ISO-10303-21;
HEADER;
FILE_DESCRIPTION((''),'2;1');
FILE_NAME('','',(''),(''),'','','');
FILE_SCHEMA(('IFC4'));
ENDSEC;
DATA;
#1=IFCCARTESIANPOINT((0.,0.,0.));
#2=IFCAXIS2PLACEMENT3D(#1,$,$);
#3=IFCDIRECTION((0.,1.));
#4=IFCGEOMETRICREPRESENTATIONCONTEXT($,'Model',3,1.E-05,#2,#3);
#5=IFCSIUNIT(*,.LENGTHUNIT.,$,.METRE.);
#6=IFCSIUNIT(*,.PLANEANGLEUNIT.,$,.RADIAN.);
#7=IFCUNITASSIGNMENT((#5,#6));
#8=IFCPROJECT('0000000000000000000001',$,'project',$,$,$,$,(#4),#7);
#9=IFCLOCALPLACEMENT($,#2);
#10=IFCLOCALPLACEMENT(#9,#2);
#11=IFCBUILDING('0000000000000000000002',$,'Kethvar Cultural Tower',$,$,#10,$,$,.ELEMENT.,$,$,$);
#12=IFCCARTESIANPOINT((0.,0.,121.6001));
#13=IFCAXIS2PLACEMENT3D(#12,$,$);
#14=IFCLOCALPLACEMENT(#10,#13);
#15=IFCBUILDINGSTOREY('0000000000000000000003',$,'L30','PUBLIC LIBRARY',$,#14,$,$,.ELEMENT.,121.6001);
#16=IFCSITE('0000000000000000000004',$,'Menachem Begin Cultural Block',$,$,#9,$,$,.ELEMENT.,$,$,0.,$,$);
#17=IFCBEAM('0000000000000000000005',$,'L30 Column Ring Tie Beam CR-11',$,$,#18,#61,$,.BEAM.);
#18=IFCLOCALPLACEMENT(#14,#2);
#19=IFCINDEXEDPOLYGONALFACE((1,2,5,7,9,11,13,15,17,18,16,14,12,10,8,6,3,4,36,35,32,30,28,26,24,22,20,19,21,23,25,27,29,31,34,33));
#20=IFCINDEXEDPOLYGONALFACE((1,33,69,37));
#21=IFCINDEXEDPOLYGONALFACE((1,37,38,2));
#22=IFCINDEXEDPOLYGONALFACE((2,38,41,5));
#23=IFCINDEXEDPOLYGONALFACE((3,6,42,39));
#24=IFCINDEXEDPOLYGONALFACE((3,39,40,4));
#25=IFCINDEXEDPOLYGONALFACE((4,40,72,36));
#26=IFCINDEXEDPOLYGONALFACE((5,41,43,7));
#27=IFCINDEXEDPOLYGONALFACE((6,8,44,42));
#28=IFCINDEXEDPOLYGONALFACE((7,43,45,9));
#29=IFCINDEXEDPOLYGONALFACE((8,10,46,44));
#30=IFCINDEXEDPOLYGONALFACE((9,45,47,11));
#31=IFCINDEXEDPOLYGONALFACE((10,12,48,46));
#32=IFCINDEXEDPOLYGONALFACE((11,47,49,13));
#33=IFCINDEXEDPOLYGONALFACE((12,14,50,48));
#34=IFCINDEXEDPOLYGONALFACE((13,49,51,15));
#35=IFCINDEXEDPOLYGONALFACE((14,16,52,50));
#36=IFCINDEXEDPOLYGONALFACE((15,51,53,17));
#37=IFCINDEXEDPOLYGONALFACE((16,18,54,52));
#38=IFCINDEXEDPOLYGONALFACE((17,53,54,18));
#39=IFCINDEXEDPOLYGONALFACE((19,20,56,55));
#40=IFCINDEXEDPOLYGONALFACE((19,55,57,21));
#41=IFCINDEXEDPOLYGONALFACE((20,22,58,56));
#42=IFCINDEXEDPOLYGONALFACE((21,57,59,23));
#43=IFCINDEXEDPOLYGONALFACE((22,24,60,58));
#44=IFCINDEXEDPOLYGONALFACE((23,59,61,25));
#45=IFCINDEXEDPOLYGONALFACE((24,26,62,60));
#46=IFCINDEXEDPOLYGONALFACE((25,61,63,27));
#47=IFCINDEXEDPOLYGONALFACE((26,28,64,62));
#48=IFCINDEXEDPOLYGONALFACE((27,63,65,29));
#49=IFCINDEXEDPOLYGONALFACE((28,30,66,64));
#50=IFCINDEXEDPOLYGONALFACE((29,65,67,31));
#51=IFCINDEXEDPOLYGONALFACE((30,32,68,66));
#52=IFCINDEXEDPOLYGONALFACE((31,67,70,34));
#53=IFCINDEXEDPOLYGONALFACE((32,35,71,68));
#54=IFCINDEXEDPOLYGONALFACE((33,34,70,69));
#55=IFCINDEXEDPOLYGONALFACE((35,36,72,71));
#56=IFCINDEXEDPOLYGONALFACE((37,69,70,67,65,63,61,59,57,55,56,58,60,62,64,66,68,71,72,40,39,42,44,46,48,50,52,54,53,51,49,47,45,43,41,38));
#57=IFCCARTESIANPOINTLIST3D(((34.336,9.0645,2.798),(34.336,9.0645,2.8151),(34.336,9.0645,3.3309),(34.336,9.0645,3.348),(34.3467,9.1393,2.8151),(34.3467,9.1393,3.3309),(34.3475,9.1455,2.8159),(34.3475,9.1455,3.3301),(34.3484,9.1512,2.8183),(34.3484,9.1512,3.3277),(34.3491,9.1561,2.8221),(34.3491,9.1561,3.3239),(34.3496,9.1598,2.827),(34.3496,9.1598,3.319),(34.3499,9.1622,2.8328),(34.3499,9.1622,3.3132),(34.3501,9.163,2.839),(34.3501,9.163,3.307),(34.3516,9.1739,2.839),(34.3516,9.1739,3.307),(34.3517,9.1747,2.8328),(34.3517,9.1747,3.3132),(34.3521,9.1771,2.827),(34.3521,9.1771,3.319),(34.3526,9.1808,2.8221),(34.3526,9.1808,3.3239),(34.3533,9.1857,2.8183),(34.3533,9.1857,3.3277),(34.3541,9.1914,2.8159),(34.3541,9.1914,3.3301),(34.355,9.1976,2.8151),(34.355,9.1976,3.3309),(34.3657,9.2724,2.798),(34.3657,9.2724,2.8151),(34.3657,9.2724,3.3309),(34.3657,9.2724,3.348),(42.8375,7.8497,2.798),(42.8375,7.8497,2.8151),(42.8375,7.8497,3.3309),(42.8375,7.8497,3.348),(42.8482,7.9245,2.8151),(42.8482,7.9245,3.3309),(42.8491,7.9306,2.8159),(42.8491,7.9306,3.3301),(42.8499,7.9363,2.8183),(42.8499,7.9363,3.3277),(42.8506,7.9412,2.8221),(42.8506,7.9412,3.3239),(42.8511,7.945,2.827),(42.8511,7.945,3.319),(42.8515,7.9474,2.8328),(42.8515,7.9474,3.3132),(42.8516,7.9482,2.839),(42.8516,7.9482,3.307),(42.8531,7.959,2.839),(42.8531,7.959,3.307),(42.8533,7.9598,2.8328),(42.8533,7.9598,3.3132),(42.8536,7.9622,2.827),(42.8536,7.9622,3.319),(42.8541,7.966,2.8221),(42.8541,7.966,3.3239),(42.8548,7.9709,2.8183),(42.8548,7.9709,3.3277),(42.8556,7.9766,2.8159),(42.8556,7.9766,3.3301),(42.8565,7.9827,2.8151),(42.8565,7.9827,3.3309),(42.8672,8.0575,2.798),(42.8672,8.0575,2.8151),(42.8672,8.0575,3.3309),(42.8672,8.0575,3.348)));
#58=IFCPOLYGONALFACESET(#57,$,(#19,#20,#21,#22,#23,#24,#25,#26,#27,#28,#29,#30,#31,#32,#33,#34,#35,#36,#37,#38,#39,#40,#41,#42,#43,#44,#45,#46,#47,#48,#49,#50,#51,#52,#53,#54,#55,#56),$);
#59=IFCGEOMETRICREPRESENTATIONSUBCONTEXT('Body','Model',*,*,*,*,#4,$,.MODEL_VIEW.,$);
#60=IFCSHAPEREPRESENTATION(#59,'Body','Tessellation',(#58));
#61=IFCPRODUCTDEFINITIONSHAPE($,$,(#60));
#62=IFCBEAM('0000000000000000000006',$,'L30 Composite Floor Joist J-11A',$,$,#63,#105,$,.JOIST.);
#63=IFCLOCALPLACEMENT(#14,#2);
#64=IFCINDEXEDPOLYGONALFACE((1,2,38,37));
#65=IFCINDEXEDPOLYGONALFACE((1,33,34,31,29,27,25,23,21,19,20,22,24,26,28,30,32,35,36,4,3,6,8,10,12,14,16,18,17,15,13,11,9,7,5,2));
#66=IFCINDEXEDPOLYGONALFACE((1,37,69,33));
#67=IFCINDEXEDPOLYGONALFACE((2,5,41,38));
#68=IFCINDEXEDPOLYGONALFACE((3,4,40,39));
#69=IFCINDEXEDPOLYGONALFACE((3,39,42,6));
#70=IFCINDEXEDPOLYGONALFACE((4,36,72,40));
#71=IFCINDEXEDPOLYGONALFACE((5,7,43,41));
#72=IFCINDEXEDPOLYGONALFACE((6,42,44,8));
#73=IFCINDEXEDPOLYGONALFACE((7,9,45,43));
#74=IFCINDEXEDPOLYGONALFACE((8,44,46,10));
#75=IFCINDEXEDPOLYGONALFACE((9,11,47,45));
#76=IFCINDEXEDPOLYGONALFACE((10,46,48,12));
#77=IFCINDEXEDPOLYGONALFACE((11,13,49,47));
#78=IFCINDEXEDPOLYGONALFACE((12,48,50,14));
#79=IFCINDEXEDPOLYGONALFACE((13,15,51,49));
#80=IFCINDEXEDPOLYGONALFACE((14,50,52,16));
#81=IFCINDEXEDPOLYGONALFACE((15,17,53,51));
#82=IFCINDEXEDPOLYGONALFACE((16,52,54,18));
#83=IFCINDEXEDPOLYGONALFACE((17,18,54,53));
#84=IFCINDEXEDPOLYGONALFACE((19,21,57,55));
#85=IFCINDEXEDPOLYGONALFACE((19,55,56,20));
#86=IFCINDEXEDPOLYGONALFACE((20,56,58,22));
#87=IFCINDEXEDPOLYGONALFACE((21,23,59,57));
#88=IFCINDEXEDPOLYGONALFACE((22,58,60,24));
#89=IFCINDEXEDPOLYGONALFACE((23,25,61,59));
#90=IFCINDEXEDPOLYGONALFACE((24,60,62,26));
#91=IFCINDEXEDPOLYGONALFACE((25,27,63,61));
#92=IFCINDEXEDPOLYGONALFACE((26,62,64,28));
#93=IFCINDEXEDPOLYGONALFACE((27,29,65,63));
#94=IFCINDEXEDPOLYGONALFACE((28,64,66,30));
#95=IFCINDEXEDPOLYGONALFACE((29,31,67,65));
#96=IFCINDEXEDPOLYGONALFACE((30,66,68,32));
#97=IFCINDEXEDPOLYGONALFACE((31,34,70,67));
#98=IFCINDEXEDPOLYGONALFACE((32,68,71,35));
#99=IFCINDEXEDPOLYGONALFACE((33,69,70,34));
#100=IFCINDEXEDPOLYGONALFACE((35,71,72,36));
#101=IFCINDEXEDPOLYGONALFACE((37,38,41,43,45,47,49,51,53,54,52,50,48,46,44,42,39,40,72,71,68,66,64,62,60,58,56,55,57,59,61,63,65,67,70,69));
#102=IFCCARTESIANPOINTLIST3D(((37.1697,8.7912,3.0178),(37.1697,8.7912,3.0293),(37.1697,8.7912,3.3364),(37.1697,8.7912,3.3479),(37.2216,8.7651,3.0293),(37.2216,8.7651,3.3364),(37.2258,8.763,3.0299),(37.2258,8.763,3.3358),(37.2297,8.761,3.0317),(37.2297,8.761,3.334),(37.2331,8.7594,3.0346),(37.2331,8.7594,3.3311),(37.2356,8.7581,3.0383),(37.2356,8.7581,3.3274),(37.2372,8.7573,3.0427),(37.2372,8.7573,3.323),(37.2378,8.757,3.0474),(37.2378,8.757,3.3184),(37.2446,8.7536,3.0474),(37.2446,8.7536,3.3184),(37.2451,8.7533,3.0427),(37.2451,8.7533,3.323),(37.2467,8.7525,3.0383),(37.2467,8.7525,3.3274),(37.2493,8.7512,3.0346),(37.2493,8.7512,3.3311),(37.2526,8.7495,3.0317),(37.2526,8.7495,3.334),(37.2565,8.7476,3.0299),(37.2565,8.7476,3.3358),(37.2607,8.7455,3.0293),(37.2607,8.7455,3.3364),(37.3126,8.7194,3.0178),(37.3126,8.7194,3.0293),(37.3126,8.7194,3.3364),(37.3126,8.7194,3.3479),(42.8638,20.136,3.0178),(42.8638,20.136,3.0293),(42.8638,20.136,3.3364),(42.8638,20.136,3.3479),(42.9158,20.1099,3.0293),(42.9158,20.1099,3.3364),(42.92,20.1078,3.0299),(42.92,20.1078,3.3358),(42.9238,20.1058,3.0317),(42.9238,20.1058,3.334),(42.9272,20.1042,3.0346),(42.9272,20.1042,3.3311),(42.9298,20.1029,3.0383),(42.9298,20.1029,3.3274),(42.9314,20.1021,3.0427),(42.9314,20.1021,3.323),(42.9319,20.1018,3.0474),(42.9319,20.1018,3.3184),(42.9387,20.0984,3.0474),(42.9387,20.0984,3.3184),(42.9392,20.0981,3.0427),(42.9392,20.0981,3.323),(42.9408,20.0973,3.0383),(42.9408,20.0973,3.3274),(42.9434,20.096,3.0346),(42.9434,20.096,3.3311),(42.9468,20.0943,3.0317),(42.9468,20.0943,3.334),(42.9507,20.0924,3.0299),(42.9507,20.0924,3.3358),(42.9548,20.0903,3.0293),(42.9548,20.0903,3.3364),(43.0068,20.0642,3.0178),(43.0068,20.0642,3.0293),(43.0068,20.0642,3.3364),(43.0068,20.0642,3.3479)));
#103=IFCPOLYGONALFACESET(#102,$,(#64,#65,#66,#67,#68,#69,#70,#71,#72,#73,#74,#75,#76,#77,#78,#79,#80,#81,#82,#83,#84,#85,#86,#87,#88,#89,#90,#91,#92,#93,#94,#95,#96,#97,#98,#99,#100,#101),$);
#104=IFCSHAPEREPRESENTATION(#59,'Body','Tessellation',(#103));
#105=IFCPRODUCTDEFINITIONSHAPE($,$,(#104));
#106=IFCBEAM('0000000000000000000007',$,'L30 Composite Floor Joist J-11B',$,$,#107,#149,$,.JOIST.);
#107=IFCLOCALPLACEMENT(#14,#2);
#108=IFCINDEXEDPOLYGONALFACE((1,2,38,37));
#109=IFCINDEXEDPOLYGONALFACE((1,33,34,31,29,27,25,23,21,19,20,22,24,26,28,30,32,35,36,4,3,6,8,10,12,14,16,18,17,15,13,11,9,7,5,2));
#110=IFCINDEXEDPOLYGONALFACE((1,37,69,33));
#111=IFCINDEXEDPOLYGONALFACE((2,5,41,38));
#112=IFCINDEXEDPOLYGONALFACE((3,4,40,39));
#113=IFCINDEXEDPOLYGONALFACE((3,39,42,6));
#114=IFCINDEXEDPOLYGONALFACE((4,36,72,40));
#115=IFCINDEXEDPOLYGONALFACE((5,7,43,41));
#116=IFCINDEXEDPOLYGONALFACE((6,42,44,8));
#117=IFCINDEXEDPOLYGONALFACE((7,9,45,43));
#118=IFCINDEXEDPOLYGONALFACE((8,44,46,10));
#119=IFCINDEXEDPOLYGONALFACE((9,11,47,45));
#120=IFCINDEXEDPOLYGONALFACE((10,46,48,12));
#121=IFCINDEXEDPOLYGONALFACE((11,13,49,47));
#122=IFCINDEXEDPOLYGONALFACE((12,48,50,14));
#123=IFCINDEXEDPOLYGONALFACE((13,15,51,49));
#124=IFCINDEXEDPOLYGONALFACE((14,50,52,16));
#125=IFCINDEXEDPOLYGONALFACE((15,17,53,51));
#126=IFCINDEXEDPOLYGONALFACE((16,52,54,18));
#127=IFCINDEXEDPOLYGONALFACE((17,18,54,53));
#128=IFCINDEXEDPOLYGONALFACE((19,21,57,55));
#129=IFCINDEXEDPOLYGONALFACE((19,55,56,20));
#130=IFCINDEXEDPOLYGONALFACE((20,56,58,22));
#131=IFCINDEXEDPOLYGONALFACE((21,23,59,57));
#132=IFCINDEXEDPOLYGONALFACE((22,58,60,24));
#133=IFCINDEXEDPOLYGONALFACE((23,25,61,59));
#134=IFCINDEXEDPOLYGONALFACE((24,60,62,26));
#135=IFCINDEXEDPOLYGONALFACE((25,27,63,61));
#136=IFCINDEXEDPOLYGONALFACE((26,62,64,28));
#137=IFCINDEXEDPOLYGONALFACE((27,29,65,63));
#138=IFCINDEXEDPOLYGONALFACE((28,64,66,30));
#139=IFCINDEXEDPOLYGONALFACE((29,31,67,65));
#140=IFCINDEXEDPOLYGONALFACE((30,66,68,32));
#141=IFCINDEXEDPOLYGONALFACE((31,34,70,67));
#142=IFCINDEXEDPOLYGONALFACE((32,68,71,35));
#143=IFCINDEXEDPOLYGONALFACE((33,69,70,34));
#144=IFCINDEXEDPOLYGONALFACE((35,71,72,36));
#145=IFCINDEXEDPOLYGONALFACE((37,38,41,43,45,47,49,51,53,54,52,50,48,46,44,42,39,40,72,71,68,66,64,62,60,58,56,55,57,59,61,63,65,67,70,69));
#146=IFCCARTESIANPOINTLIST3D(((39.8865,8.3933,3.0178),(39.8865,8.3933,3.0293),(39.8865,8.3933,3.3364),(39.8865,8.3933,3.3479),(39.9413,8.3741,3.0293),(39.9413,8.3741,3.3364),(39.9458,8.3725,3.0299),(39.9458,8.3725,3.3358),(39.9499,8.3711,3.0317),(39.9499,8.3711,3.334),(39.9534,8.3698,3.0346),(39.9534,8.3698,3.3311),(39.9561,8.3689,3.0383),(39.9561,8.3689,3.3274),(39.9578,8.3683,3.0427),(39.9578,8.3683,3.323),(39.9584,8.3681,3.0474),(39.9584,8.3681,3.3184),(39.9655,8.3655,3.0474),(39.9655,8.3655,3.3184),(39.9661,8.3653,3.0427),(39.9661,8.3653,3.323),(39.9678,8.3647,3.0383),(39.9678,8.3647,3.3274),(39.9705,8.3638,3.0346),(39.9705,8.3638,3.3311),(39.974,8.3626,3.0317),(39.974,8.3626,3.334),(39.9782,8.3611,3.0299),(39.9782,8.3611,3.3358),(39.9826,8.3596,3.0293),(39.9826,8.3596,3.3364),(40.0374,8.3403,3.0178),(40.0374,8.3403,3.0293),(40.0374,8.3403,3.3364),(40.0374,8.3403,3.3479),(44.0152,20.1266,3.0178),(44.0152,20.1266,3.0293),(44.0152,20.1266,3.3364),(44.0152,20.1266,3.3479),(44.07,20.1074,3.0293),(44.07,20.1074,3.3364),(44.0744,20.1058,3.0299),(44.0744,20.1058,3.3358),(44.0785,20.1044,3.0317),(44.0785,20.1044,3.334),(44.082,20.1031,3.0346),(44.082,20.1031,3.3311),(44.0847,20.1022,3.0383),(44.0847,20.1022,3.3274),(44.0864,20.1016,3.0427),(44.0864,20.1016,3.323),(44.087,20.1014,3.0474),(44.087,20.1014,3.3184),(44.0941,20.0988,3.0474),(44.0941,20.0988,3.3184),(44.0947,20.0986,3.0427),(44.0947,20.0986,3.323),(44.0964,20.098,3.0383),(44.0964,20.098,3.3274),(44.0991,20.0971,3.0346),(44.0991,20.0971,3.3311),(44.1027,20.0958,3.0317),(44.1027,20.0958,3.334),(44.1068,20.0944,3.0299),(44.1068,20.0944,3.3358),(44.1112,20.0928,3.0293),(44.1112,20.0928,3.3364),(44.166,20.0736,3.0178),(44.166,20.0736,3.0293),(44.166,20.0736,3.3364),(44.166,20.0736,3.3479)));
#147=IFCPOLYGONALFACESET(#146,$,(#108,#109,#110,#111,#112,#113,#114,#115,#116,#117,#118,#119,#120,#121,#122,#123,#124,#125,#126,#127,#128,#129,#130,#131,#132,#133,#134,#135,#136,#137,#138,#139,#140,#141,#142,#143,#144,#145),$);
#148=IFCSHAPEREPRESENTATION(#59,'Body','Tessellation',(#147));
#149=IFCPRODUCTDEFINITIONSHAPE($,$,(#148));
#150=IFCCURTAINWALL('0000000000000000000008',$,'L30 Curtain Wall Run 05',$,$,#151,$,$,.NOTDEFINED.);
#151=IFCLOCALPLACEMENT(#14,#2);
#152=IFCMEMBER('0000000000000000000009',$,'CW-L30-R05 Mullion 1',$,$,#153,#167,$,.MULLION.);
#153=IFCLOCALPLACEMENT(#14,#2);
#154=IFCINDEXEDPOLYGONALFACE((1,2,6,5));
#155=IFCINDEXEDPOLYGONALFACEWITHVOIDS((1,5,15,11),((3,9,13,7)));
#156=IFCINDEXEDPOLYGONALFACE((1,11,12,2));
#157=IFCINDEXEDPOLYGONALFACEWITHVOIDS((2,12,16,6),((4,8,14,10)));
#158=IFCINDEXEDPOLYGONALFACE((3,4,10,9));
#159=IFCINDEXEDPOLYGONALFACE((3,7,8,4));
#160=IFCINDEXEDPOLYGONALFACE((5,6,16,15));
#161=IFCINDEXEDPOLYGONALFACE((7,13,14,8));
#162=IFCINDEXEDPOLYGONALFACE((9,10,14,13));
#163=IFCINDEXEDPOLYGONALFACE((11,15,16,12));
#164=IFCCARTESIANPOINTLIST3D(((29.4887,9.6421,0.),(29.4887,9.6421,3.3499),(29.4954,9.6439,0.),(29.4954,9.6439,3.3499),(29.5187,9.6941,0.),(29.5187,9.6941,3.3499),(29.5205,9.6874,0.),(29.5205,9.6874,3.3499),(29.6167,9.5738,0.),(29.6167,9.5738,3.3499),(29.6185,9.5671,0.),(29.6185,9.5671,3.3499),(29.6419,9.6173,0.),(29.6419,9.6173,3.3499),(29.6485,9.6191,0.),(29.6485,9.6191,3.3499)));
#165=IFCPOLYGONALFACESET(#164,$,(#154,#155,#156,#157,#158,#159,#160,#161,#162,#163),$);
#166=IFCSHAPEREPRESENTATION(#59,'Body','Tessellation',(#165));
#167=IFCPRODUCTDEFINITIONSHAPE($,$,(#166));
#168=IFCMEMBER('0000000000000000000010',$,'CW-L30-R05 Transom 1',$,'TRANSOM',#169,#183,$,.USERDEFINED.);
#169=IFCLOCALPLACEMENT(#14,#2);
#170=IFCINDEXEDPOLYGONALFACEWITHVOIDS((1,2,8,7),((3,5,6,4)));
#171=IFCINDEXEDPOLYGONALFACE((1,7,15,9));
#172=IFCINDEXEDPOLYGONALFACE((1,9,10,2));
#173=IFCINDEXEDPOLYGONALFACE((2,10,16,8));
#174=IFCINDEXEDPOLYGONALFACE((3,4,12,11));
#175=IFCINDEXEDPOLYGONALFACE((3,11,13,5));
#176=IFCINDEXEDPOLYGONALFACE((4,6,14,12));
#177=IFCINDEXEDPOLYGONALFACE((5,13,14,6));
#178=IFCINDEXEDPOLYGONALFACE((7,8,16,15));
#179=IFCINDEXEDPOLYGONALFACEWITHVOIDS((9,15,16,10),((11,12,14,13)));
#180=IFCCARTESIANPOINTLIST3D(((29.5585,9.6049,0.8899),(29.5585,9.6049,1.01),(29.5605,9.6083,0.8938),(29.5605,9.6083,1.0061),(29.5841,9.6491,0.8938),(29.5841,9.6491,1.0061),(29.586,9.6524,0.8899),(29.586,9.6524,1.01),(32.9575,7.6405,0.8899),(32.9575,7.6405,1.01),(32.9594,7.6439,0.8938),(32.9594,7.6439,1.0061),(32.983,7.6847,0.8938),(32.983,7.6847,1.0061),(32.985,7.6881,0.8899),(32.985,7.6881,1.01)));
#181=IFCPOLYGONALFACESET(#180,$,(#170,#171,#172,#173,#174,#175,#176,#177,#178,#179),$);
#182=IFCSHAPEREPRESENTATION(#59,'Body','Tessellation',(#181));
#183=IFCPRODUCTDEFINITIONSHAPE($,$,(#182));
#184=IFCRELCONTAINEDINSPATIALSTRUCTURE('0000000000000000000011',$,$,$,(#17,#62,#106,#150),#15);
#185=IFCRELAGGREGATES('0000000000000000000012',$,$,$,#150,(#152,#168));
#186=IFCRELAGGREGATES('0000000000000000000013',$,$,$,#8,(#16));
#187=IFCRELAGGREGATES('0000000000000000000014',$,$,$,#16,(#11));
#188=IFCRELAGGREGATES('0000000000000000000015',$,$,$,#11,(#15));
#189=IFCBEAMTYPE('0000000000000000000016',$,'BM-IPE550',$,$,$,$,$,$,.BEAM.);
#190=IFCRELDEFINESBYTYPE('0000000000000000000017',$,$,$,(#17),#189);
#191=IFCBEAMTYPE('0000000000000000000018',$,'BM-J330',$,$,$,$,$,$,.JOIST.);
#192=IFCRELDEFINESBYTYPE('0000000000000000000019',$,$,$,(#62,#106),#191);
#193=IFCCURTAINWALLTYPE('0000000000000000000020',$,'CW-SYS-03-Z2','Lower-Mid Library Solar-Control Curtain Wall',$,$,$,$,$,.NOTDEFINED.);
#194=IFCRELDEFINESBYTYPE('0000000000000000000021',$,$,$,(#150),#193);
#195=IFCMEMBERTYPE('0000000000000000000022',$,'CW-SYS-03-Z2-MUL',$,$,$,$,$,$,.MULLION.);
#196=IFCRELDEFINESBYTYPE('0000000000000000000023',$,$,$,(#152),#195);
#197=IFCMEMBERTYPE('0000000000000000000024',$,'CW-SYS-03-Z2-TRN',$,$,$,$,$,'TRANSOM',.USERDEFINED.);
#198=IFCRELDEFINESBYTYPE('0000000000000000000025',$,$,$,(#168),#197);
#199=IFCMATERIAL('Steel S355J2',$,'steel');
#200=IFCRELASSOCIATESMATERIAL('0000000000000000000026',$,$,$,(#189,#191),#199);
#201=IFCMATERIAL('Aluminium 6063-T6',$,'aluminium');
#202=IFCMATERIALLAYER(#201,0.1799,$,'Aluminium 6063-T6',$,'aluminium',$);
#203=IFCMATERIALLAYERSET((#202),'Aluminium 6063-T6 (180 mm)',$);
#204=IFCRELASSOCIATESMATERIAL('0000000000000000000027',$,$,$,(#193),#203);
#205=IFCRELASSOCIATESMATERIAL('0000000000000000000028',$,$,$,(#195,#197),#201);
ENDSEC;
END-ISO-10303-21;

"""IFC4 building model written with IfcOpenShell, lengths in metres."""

from ifc_helpers import new_model, si_unit, direction, frame, origin, origin_2d, place, context, subcontext, project, spatial, hollow_rectangle, i_section, extrude, source, transform, mapped, material, layer, layer_set, material_profile, profile_set, type_object, element, aggregate, save


model = new_model("IFC4")

# Units and contexts
model_context = context("Model", 3, precision=1e-05, world=origin(), true_north=direction((0.0, 1.0)))
body_context = subcontext(model_context, "Body", "Model", "MODEL_VIEW")
ifc_project = project(units=[si_unit("LENGTHUNIT", "METRE"), si_unit("PLANEANGLEUNIT", "RADIAN")], contexts=[model_context])

# Site, building, storey
site_placement = place(None, origin())
site = spatial("IfcSite", under=ifc_project, at=site_placement, Name="Menachem Begin Cultural Block", CompositionType="ELEMENT", RefElevation=0.0)
building_placement = place(site_placement, origin())
building = spatial("IfcBuilding", under=site, at=building_placement, Name="Kethvar Cultural Tower", CompositionType="ELEMENT")
storey_placement = place(building_placement, frame((0.0, 0.0, 121.6001)))
storey = spatial("IfcBuildingStorey", under=building, at=storey_placement, Name="L30", Description="PUBLIC LIBRARY", CompositionType="ELEMENT", Elevation=121.6001)

# Beams
ifc_material_1 = material(Name="Steel S355J2", Category="steel")
ifc_material_profile_1 = material_profile(ifc_material_1, i_section(OverallWidth=0.21, OverallDepth=0.55, WebThickness=0.011, FlangeThickness=0.0171, FilletRadius=0.0239, at=origin_2d()), Name="Steel S355J2 — IPE550")
ifc_profile_set_1 = profile_set([ifc_material_profile_1], Name="Steel S355J2 — IPE550")
beam_type_1 = type_object("IfcBeamType", Name="BM-IPE550", PredefinedType="BEAM", material=ifc_profile_set_1)
ifc_material_profile_2 = material_profile(ifc_material_1, i_section(OverallWidth=0.1599, OverallDepth=0.3301, WebThickness=0.0076, FlangeThickness=0.0115, FilletRadius=0.0181, at=origin_2d()), Name="Steel S355J2 — IPE330")
ifc_profile_set_2 = profile_set([ifc_material_profile_2], Name="Steel S355J2 — IPE330")
beam_type_2 = type_object("IfcBeamType", Name="BM-J330", PredefinedType="JOIST", material=ifc_profile_set_2)
shared_shape_1 = source(origin(), body_context, "Body", "SweptSolid", [
    extrude(i_section(OverallWidth=0.21, OverallDepth=0.55, WebThickness=0.011, FlangeThickness=0.0171, FilletRadius=0.0239, at=origin_2d()), origin(), (0.0, 0.0, 1.0), 8.5879),
])
beam_1_placement = place(storey_placement, frame((34.3508, 9.1685, 3.073), z_axis=(0.989944, -0.141461, 0.0), x_axis=(0.141461, 0.989944, 0.0)))
element("IfcBeam", 1, at=beam_1_placement, inside=storey, type_object=beam_type_1, Name="L30 Column Ring Tie Beam CR-11", PredefinedType="BEAM", context=body_context, shape_type="MappedRepresentation", body=[
    mapped(shared_shape_1, transform((0.0, 0.0, 0.0), scale=1.0)),
])
shared_shape_2 = source(origin(), body_context, "Body", "SweptSolid", [
    extrude(i_section(OverallWidth=0.1599, OverallDepth=0.3301, WebThickness=0.0076, FlangeThickness=0.0115, FilletRadius=0.0181, at=origin_2d()), origin(), (0.0, 0.0, 1.0), 12.6936),
])
beam_2_placement = place(storey_placement, frame((42.9353, 20.1001, 3.1829), z_axis=(-0.448582, -0.893741, 0.0), x_axis=(0.893741, -0.448582, 0.0)))
element("IfcBeam", 2, at=beam_2_placement, inside=storey, type_object=beam_type_2, Name="L30 Composite Floor Joist J-11A", PredefinedType="JOIST", context=body_context, shape_type="MappedRepresentation", body=[
    mapped(shared_shape_2, transform((0.0, 0.0, 0.0), scale=1.0)),
])
shared_shape_3 = source(origin(), body_context, "Body", "SweptSolid", [
    extrude(i_section(OverallWidth=0.1599, OverallDepth=0.3301, WebThickness=0.0076, FlangeThickness=0.0115, FilletRadius=0.0181, at=origin_2d()), origin(), (0.0, 0.0, 1.0), 12.4385),
])
beam_3_placement = place(storey_placement, frame((44.0906, 20.1001, 3.1829), z_axis=(-0.331924, -0.943306, 0.0), x_axis=(0.943306, -0.331924, 0.0)))
element("IfcBeam", 3, at=beam_3_placement, inside=storey, type_object=beam_type_2, Name="L30 Composite Floor Joist J-11B", PredefinedType="JOIST", context=body_context, shape_type="MappedRepresentation", body=[
    mapped(shared_shape_3, transform((0.0, 0.0, 0.0), scale=1.0)),
])

# Curtain wall, members
ifc_material_2 = material(Name="Aluminium 6063-T6", Category="aluminium")
ifc_layer_1 = layer(ifc_material_2, 0.1799, Name="Aluminium 6063-T6", Category="aluminium")
ifc_layer_set_1 = layer_set([ifc_layer_1], Name="Aluminium 6063-T6 (180 mm)")
curtain_wall_type = type_object("IfcCurtainWallType", Name="CW-SYS-03-Z2", Description="Lower-Mid Library Solar-Control Curtain Wall", PredefinedType="NOTDEFINED", material=ifc_layer_set_1)
curtain_wall_placement = place(storey_placement, origin())
curtain_wall = element("IfcCurtainWall", 4, at=curtain_wall_placement, inside=storey, type_object=curtain_wall_type, Name="L30 Curtain Wall Run 05", PredefinedType="NOTDEFINED")
ifc_material_profile_3 = material_profile(ifc_material_2, hollow_rectangle(XDim=0.0601, YDim=0.1499, WallThickness=0.0049, at=origin_2d()), Name="Aluminium 6063-T6 — RHS150x60x5")
ifc_profile_set_3 = profile_set([ifc_material_profile_3], Name="Aluminium 6063-T6 — RHS150x60x5")
member_type_1 = type_object("IfcMemberType", Name="CW-SYS-03-Z2-MUL", PredefinedType="MULLION", material=ifc_profile_set_3)
shared_shape_4 = source(origin(), body_context, "Body", "SweptSolid", [
    extrude(hollow_rectangle(XDim=0.0601, YDim=0.1499, WallThickness=0.0049, at=origin_2d()), origin(), (0.0, 0.0, 1.0), 3.3499),
])
member_1_placement = place(storey_placement, frame((29.5686, 9.6306, 0.0), z_axis=(0.0, 0.0, 1.0), x_axis=(0.500348, 0.865825, 0.0)))
member_1 = element("IfcMember", 5, at=member_1_placement, type_object=member_type_1, Name="CW-L30-R05 Mullion 1", PredefinedType="MULLION", context=body_context, shape_type="MappedRepresentation", body=[
    mapped(shared_shape_4, transform((0.0, 0.0, 0.0), scale=1.0)),
])
ifc_material_profile_4 = material_profile(ifc_material_2, hollow_rectangle(XDim=0.0549, YDim=0.1201, WallThickness=0.0039, at=origin_2d()), Name="Aluminium 6063-T6 — RHS120x55x4")
ifc_profile_set_4 = profile_set([ifc_material_profile_4], Name="Aluminium 6063-T6 — RHS120x55x4")
member_type_2 = type_object("IfcMemberType", Name="CW-SYS-03-Z2-TRN", ElementType="TRANSOM", PredefinedType="USERDEFINED", material=ifc_profile_set_4)
shared_shape_5 = source(origin(), body_context, "Body", "SweptSolid", [
    extrude(hollow_rectangle(XDim=0.0549, YDim=0.1201, WallThickness=0.0039, at=origin_2d()), origin(), (0.0, 0.0, 1.0), 3.9258),
])
member_2_placement = place(storey_placement, frame((29.5723, 9.6287, 0.95), z_axis=(0.865806, -0.500379, 0.0), x_axis=(0.500379, 0.865806, 0.0)))
member_2 = element("IfcMember", 6, at=member_2_placement, type_object=member_type_2, Name="CW-L30-R05 Transom 1", ObjectType="TRANSOM", PredefinedType="USERDEFINED", context=body_context, shape_type="MappedRepresentation", body=[
    mapped(shared_shape_5, transform((0.0, 0.0, 0.0), scale=1.0)),
])
aggregate(curtain_wall, [member_1, member_2])

save(model, "model.ifc")
